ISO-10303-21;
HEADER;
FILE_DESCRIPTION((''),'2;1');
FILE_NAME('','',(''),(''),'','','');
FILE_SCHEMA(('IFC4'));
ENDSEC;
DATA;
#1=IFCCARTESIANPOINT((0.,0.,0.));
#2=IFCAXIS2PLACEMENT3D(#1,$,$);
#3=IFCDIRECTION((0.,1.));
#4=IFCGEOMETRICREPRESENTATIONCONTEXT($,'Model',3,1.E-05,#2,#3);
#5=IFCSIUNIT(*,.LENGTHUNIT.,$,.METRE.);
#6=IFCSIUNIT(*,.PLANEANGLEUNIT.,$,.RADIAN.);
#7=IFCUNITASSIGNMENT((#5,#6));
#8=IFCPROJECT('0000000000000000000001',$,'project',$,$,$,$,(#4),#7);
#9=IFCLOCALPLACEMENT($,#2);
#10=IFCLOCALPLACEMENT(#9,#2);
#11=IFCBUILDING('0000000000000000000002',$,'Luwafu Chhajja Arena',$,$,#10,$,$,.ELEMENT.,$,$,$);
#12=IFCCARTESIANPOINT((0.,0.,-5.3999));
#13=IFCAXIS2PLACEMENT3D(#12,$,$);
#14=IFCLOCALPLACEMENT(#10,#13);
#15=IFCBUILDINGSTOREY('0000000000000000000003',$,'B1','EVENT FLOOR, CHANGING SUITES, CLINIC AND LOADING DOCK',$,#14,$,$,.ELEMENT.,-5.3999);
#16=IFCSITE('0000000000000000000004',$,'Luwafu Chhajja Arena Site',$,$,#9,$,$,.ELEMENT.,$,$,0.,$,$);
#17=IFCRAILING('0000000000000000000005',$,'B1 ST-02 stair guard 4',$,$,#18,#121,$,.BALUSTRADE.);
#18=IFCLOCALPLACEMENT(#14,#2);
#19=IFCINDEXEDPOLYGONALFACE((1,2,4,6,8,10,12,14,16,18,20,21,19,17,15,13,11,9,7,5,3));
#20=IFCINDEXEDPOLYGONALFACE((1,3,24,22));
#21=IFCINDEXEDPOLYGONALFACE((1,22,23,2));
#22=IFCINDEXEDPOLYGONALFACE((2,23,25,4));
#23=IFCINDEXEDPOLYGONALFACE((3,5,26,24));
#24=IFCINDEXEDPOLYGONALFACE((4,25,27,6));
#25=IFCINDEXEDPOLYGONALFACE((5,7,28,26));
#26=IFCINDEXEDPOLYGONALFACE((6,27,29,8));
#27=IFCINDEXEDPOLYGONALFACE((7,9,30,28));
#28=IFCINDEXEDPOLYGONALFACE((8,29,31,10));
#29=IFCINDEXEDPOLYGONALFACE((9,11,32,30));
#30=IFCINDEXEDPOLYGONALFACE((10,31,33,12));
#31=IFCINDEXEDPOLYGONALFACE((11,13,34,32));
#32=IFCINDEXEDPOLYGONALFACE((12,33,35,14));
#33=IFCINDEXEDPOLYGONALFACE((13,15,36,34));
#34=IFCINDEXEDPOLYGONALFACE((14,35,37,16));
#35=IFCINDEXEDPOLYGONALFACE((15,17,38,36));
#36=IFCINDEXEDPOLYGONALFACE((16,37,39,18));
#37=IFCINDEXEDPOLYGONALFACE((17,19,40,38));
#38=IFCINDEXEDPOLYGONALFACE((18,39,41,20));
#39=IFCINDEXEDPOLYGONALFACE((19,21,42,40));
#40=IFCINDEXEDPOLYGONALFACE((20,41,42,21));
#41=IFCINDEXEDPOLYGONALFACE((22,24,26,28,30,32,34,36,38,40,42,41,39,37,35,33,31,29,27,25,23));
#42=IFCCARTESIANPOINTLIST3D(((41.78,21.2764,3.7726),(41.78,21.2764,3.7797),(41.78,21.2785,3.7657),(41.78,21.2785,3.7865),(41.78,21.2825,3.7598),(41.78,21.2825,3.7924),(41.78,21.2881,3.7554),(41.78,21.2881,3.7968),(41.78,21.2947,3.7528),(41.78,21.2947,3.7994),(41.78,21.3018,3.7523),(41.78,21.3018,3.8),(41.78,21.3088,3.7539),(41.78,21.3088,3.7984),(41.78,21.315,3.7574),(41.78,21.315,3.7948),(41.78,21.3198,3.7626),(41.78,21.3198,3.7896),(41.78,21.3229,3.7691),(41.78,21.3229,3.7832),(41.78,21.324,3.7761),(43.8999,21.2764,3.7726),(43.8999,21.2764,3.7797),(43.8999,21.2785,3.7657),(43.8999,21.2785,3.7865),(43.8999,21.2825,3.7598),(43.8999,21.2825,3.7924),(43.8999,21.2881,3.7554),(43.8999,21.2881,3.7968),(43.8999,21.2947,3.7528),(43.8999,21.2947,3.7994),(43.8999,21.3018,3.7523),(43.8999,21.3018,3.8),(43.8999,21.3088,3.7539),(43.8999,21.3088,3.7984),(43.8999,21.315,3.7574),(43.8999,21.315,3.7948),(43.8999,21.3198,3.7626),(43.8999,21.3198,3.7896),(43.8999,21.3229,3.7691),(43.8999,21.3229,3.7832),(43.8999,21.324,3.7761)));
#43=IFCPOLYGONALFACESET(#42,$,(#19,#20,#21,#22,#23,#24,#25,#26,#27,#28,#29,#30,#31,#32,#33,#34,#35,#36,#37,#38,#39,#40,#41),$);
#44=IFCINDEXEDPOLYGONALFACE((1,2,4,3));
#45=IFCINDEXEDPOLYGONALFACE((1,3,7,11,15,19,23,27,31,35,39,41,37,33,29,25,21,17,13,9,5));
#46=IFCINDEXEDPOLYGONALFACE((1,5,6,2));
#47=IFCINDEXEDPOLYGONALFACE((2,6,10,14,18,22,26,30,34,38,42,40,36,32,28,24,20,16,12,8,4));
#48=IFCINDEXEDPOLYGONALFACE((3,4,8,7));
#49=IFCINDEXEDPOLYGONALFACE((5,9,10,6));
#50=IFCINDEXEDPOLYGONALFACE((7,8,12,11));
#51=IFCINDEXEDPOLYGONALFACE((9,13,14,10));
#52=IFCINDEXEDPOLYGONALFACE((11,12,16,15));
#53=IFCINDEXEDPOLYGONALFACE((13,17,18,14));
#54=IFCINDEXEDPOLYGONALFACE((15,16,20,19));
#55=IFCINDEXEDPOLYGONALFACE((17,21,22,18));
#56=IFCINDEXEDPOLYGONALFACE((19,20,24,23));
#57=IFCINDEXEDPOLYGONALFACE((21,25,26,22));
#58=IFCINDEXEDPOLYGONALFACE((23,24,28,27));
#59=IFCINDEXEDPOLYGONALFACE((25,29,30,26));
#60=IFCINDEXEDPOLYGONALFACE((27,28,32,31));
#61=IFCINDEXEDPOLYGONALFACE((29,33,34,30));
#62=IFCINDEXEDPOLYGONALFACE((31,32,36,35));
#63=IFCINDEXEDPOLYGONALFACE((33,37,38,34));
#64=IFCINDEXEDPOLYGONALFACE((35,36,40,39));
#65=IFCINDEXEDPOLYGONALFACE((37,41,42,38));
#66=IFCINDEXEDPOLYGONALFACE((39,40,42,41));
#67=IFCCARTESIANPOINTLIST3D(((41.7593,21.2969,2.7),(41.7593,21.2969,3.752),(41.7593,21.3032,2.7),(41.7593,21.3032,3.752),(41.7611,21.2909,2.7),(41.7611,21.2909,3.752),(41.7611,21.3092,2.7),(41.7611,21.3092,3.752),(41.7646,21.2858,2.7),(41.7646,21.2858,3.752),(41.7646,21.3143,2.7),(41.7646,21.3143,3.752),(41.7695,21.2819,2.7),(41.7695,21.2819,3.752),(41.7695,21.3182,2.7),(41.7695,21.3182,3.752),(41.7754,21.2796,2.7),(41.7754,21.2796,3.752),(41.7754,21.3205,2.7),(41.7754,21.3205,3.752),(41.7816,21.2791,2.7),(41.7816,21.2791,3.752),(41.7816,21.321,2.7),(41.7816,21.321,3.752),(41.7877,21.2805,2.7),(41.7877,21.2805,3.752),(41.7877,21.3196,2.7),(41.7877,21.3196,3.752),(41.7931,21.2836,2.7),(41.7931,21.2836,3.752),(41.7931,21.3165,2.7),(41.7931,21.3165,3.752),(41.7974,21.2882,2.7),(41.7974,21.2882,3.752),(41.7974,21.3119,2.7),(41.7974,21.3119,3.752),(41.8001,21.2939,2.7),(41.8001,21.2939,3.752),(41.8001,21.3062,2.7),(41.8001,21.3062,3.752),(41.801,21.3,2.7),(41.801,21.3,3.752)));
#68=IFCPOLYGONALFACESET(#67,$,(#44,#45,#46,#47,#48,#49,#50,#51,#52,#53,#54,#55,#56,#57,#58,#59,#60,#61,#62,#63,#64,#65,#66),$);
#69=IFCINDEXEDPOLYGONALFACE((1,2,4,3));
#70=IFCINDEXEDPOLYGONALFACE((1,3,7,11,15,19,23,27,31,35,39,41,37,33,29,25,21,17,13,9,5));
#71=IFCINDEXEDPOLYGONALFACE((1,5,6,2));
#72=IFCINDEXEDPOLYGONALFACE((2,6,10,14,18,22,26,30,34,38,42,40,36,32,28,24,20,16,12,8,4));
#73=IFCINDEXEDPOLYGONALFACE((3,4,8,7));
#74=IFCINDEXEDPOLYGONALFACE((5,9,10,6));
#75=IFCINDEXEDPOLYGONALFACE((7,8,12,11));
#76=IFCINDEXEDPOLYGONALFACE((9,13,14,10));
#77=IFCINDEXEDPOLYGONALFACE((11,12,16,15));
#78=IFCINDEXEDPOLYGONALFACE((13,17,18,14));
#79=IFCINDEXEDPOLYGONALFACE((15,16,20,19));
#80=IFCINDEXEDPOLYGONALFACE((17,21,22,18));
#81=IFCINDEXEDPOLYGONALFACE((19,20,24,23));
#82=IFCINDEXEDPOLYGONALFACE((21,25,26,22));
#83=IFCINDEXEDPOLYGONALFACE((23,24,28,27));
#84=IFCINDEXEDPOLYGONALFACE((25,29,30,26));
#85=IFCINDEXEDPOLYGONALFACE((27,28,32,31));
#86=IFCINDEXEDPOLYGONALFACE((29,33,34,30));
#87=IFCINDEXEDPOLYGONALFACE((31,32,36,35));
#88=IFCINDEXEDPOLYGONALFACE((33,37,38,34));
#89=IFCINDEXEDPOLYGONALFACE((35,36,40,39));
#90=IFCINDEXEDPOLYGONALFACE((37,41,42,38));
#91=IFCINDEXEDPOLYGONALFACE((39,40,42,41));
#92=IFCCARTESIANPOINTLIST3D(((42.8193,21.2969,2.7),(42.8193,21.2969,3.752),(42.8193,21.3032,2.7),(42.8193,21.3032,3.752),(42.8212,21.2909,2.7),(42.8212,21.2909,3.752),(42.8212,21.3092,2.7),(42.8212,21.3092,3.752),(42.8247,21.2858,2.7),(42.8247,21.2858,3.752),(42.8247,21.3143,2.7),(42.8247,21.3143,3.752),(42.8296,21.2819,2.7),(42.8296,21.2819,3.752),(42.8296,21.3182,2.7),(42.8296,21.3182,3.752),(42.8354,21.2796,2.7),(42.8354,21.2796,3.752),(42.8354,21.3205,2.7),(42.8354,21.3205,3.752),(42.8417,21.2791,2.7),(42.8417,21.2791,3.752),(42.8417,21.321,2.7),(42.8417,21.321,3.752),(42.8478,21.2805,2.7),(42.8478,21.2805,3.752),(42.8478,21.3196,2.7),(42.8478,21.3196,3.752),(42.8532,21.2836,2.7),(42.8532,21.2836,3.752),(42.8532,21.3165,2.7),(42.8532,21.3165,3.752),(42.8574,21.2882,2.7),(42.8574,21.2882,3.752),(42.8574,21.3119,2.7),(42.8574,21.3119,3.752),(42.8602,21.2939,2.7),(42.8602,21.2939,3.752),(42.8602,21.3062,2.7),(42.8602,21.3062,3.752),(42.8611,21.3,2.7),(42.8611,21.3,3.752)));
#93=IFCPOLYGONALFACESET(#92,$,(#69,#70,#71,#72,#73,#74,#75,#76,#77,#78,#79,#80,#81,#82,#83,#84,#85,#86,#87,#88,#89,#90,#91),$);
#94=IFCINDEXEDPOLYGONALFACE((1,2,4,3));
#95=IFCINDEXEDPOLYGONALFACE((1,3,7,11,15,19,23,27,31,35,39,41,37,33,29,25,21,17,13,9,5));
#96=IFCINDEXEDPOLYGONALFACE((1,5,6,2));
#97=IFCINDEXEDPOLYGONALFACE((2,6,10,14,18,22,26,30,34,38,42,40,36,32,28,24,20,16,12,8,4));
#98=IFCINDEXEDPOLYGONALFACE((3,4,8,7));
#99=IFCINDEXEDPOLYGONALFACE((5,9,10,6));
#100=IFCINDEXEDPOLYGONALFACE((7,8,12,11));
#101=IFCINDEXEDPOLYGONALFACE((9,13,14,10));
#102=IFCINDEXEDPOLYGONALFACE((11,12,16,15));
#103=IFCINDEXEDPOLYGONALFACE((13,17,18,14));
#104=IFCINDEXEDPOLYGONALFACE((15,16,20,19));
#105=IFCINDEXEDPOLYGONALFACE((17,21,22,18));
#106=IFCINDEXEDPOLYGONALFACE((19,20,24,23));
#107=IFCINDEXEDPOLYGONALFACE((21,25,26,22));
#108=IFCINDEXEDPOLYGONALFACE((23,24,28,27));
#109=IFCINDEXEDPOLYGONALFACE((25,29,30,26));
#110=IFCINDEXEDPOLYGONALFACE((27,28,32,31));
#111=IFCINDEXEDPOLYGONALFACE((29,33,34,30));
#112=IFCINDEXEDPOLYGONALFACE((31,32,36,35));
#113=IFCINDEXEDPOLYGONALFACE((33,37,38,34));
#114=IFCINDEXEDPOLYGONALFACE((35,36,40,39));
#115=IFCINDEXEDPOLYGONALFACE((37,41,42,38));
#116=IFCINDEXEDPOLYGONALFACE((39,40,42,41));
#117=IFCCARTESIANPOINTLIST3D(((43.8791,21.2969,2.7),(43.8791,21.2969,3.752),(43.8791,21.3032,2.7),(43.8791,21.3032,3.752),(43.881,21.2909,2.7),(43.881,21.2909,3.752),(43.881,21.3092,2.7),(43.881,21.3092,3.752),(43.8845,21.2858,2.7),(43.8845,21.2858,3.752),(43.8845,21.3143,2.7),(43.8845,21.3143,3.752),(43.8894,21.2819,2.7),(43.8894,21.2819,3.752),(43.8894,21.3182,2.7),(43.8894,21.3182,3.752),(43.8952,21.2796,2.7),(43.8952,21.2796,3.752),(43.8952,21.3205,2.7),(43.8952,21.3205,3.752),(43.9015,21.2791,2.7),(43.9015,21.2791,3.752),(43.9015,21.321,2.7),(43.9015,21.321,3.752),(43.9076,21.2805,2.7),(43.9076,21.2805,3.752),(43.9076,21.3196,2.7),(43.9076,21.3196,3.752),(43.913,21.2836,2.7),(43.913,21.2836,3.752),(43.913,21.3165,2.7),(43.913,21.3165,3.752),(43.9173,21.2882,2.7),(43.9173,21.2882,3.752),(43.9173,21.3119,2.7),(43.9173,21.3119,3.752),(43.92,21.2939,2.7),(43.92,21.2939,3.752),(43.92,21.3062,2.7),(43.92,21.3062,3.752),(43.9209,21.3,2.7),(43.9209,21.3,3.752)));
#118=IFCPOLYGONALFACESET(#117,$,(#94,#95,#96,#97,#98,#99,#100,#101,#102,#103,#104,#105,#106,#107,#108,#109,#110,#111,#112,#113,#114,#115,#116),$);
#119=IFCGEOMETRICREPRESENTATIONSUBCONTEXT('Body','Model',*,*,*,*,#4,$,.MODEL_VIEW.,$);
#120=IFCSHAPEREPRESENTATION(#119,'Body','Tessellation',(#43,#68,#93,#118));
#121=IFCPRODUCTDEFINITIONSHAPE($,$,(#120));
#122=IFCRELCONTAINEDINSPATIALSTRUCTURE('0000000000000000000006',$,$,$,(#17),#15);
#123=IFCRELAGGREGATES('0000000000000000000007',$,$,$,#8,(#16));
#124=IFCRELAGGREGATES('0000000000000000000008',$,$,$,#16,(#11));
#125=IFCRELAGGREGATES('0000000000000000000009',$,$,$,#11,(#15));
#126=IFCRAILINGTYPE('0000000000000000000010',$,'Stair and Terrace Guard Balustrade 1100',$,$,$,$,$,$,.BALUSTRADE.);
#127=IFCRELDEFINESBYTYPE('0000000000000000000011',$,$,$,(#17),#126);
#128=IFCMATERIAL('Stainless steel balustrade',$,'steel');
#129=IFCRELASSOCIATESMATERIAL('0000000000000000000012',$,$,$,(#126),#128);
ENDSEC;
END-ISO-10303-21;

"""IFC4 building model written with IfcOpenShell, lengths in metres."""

from ifc_helpers import new_model, si_unit, direction, frame, origin, origin_2d, place, context, subcontext, project, spatial, circle, extrude, material, type_object, element, save


model = new_model("IFC4")

# Units and contexts
model_context = context("Model", 3, precision=1e-05, world=origin(), true_north=direction((0.0, 1.0)))
body_context = subcontext(model_context, "Body", "Model", "MODEL_VIEW")
ifc_project = project(units=[si_unit("LENGTHUNIT", "METRE"), si_unit("PLANEANGLEUNIT", "RADIAN")], contexts=[model_context])

# Site, building, storey
site_placement = place(None, origin())
site = spatial("IfcSite", under=ifc_project, at=site_placement, Name="Luwafu Chhajja Arena Site", CompositionType="ELEMENT", RefElevation=0.0)
building_placement = place(site_placement, origin())
building = spatial("IfcBuilding", under=site, at=building_placement, Name="Luwafu Chhajja Arena", CompositionType="ELEMENT")
storey_placement = place(building_placement, frame((0.0, 0.0, -5.3999)))
storey = spatial("IfcBuildingStorey", under=building, at=storey_placement, Name="B1", Description="EVENT FLOOR, CHANGING SUITES, CLINIC AND LOADING DOCK", CompositionType="ELEMENT", Elevation=-5.3999)

# Railing
ifc_material_1 = material(Name="Stainless steel balustrade", Category="steel")
railing_type_1 = type_object("IfcRailingType", Name="Stair and Terrace Guard Balustrade 1100", PredefinedType="BALUSTRADE", material=ifc_material_1)
for number, where, name in (
    (1, (41.78, 21.3, 2.7), "B1 ST-02 stair guard 4"),
):
    element("IfcRailing", number, at=place(storey_placement, frame(where)), inside=storey, type_object=railing_type_1, Name=name, PredefinedType="BALUSTRADE", context=body_context, shape_type="SweptSolid", body=[
        extrude(circle(Radius=0.0239, at=origin_2d()), frame((0.0, 0.0, 1.0762), z_axis=(1.0, 0.0, 0.0), x_axis=(0.0, 1.0, 0.0)), (0.0, 0.0, 1.0), 2.1199),
        extrude(circle(Radius=0.021, at=origin_2d()), origin(), (0.0, 0.0, 1.0), 1.052),
        extrude(circle(Radius=0.021, at=origin_2d()), frame((1.0601, 0.0, 0.0)), (0.0, 0.0, 1.0), 1.052),
        extrude(circle(Radius=0.021, at=origin_2d()), frame((2.1199, 0.0, 0.0)), (0.0, 0.0, 1.0), 1.052),
    ])

save(model, "model.ifc")
